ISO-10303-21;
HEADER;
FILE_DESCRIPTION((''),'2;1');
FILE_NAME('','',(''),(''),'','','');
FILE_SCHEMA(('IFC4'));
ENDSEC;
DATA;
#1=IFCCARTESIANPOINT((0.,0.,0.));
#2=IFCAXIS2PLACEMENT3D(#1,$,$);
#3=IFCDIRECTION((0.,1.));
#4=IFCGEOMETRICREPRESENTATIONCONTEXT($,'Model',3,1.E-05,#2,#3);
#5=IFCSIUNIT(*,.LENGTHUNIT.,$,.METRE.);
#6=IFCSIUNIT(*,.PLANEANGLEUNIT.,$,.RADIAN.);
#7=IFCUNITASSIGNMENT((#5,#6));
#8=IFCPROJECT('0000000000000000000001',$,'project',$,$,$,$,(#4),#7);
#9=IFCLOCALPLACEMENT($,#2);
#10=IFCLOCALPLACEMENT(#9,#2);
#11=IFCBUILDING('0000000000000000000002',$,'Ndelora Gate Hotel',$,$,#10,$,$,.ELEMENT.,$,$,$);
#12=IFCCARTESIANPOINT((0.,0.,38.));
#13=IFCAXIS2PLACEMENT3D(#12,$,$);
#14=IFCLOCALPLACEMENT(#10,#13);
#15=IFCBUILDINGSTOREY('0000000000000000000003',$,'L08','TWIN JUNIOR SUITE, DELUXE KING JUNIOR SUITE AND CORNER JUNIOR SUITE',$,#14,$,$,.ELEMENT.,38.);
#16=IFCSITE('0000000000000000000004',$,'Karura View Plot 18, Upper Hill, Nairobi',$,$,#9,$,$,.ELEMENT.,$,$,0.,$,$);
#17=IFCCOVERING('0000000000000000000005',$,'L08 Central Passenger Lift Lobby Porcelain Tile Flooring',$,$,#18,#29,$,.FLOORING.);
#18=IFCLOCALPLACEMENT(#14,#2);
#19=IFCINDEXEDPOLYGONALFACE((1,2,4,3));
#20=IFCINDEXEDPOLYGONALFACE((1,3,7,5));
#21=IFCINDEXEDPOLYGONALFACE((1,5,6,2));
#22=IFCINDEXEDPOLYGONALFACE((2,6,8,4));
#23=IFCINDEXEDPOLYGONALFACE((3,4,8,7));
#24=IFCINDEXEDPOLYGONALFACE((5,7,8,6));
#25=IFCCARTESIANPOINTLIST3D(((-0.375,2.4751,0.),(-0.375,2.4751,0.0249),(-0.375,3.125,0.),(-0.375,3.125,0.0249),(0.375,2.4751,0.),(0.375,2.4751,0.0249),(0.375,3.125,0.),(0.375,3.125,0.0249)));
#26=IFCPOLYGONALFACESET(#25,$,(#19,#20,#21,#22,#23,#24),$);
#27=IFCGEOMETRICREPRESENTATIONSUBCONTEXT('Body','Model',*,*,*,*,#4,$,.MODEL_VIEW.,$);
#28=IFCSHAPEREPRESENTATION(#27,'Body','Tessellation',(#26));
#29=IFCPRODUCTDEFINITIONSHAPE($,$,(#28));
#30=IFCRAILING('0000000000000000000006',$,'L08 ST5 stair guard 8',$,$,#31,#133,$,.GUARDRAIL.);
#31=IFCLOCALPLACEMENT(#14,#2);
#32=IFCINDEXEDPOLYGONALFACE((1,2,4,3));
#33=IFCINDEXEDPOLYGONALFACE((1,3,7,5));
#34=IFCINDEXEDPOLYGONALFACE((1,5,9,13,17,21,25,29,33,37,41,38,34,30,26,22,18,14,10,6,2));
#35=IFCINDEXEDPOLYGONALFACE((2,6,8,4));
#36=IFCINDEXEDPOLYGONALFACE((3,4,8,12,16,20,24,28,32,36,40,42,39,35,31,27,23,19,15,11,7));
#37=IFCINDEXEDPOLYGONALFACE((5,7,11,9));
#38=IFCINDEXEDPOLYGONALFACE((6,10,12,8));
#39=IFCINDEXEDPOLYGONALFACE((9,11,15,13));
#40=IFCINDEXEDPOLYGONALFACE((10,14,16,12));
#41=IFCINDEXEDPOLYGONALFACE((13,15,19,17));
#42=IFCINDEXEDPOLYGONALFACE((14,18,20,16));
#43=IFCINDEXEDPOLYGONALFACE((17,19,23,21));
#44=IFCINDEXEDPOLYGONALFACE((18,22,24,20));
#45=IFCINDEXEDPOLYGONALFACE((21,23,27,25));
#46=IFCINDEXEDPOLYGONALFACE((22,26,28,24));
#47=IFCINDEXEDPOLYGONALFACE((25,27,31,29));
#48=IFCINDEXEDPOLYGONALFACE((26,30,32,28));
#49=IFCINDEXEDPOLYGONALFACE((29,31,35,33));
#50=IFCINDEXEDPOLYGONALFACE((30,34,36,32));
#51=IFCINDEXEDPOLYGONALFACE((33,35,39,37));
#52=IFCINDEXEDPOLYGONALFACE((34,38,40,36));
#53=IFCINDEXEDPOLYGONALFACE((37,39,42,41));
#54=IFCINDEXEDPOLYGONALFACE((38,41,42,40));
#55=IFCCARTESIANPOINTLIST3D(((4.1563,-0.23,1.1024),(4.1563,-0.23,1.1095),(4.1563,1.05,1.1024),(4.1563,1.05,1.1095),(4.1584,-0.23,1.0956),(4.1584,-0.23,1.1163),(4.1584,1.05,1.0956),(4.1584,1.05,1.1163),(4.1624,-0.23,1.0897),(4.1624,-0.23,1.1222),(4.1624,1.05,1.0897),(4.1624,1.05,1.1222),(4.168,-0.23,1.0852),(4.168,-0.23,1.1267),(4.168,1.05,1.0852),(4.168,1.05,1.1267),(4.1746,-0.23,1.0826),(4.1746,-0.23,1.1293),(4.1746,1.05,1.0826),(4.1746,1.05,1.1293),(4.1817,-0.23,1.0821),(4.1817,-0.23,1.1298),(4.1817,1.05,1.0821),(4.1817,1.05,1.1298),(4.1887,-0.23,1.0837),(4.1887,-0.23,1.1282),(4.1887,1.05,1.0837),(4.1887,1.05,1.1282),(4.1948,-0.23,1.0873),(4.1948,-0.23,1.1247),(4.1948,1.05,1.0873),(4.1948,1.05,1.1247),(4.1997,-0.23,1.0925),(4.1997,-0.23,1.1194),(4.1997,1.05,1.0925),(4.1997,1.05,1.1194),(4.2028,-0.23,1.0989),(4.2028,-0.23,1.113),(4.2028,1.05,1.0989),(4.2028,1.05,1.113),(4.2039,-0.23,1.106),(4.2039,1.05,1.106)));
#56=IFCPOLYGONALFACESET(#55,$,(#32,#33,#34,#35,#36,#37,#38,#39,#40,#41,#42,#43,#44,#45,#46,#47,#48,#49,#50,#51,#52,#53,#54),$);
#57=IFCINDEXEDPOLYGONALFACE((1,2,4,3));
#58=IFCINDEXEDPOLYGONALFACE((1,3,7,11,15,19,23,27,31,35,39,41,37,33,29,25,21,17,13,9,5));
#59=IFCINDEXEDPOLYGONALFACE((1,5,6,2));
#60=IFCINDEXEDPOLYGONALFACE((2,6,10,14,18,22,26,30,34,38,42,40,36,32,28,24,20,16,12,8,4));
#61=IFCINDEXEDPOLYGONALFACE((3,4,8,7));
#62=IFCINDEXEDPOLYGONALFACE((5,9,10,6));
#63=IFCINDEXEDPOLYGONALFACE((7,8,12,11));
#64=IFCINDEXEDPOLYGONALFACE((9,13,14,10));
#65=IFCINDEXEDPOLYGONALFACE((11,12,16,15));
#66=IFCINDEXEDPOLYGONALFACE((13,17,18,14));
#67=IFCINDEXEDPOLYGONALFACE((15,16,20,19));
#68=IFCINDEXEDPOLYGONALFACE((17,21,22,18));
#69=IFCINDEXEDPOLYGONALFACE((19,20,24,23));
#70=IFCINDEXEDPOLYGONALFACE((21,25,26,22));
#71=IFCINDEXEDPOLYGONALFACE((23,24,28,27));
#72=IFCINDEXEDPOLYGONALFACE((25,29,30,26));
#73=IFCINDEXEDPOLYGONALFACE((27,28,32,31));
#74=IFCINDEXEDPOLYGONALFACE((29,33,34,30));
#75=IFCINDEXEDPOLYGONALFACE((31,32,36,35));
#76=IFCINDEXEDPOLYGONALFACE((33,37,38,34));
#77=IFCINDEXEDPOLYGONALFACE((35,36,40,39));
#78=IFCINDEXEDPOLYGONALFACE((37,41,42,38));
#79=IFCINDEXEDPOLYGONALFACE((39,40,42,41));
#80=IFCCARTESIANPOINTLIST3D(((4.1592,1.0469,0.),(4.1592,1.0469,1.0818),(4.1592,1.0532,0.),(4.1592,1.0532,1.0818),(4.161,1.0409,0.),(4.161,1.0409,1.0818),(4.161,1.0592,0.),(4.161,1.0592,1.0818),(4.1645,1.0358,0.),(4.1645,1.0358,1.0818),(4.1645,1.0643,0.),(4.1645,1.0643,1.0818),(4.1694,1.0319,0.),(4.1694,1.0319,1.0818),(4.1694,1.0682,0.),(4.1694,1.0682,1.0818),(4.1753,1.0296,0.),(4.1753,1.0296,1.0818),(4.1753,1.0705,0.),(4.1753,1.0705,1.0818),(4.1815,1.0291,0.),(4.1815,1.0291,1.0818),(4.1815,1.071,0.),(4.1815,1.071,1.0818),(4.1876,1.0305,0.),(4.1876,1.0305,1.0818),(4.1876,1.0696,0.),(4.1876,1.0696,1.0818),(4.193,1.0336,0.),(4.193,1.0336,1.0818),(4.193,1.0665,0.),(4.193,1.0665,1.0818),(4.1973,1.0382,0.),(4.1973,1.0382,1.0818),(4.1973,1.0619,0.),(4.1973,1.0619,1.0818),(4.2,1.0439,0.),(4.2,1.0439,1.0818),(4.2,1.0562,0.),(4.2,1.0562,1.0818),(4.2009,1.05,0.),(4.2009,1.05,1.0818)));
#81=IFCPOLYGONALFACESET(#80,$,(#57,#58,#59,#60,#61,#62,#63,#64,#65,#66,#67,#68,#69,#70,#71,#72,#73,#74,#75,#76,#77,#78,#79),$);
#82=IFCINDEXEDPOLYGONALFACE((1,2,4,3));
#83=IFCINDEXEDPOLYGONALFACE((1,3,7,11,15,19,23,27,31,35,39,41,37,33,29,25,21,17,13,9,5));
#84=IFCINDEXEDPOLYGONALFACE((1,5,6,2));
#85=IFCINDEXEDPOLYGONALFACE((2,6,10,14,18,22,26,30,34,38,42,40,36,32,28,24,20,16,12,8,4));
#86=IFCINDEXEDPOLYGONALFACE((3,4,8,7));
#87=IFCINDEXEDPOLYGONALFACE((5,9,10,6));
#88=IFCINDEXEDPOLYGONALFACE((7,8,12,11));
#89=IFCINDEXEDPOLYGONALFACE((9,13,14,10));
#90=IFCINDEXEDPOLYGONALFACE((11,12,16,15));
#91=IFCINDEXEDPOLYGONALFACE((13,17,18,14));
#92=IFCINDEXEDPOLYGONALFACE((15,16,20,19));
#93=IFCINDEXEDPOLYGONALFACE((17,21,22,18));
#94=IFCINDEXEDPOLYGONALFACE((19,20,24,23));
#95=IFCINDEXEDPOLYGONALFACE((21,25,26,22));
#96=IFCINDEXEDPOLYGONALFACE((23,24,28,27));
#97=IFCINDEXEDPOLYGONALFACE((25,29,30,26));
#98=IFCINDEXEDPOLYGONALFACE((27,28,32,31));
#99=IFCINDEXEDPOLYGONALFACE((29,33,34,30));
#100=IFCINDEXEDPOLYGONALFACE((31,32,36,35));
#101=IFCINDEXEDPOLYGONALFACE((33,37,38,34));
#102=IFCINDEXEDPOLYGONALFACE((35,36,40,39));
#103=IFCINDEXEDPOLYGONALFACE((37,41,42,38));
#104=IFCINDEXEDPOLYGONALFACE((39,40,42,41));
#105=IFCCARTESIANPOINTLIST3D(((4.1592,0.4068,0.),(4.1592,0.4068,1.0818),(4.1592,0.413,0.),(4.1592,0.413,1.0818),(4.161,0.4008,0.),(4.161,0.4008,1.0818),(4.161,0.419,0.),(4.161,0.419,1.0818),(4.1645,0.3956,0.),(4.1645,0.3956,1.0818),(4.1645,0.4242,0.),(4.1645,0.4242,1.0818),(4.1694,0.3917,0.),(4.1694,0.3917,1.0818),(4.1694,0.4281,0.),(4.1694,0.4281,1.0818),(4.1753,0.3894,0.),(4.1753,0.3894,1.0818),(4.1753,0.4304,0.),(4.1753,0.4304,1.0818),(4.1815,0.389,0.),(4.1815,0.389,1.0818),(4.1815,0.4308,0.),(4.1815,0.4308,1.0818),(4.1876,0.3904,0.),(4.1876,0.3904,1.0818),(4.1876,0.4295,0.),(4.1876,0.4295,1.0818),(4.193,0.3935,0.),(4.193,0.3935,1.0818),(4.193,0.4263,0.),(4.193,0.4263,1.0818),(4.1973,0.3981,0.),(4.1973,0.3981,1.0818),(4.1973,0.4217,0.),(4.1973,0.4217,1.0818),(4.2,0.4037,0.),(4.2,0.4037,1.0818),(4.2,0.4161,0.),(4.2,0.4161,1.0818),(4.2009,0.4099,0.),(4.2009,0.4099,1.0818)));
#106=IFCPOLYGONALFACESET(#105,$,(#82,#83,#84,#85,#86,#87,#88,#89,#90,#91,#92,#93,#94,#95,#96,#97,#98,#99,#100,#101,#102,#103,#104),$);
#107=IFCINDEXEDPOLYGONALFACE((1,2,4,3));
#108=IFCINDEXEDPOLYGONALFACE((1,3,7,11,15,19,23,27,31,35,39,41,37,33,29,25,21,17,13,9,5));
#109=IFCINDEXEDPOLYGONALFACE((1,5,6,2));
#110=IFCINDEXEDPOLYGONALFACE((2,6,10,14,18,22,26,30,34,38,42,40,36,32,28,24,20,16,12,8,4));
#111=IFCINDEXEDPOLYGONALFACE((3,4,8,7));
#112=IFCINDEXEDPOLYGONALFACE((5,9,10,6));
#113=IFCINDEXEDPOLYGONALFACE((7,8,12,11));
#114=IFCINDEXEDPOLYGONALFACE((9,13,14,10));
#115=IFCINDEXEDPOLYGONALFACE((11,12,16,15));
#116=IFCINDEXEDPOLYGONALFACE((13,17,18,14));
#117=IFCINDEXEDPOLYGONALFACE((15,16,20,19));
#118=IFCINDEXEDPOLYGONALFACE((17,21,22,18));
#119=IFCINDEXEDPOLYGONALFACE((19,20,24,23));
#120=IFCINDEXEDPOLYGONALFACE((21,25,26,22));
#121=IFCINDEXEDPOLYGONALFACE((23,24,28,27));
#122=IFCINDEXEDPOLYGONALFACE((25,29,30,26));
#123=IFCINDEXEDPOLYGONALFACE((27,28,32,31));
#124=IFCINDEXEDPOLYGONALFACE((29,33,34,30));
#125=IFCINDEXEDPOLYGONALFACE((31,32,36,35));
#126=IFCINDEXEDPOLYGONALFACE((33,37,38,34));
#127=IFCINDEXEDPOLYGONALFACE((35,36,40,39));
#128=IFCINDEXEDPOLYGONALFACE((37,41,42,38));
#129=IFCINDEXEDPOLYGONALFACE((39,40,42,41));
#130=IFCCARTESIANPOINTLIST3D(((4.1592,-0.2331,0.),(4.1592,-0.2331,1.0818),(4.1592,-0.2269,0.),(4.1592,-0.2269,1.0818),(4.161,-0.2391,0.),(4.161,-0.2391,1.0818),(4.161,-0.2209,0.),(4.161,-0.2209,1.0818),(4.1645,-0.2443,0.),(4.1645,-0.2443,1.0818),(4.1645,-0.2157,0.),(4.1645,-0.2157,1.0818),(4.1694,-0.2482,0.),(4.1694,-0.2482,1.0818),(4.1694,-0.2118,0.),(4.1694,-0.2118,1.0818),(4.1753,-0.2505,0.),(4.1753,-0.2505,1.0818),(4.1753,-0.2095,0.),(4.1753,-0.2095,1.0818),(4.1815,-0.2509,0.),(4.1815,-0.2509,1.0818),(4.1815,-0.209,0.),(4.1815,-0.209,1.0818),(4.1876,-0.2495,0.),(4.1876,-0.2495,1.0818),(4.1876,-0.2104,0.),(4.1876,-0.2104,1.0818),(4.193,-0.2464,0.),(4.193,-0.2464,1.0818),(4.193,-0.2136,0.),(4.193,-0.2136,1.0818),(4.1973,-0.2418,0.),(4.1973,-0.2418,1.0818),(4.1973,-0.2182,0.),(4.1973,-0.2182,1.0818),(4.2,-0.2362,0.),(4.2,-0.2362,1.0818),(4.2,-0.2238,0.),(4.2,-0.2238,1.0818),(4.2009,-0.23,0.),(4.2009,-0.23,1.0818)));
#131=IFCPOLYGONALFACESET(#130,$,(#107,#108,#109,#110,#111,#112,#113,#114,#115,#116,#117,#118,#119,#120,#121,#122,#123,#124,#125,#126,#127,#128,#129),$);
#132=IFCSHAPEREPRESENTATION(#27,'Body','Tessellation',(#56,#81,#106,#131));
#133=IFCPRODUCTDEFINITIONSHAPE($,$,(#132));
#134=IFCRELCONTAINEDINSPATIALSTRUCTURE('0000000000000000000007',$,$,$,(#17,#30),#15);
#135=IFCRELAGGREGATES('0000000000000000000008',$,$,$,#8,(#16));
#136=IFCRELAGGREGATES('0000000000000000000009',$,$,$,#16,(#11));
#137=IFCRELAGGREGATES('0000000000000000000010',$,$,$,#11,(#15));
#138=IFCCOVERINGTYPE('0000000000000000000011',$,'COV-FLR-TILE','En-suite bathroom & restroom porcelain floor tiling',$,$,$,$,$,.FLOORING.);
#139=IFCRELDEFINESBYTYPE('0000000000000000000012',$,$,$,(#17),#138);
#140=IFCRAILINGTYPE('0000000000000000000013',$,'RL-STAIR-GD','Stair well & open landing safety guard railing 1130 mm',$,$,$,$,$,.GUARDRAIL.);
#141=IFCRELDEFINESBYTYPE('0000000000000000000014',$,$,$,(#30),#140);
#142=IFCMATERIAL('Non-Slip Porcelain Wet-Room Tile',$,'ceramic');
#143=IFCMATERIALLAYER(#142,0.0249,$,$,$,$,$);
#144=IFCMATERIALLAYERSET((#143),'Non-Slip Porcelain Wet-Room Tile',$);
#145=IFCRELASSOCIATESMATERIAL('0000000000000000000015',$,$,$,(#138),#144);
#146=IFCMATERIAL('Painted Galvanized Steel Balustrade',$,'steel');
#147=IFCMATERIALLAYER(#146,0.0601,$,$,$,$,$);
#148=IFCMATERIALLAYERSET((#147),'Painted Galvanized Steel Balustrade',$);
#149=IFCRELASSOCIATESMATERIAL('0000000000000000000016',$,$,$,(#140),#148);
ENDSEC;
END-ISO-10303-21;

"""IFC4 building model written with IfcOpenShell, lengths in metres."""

from ifc_helpers import new_model, si_unit, direction, frame, origin, origin_2d, place, context, subcontext, project, spatial, rectangle, circle, extrude, material, layer, layer_set, type_object, element, save


model = new_model("IFC4")

# Units and contexts
model_context = context("Model", 3, precision=1e-05, world=origin(), true_north=direction((0.0, 1.0)))
body_context = subcontext(model_context, "Body", "Model", "MODEL_VIEW")
ifc_project = project(units=[si_unit("LENGTHUNIT", "METRE"), si_unit("PLANEANGLEUNIT", "RADIAN")], contexts=[model_context])

# Site, building, storey
site_placement = place(None, origin())
site = spatial("IfcSite", under=ifc_project, at=site_placement, Name="Karura View Plot 18, Upper Hill, Nairobi", CompositionType="ELEMENT", RefElevation=0.0)
building_placement = place(site_placement, origin())
building = spatial("IfcBuilding", under=site, at=building_placement, Name="Ndelora Gate Hotel", CompositionType="ELEMENT")
storey_placement = place(building_placement, frame((0.0, 0.0, 38.0)))
storey = spatial("IfcBuildingStorey", under=building, at=storey_placement, Name="L08", Description="TWIN JUNIOR SUITE, DELUXE KING JUNIOR SUITE AND CORNER JUNIOR SUITE", CompositionType="ELEMENT", Elevation=38.0)

# Covering
ifc_material_1 = material(Name="Non-Slip Porcelain Wet-Room Tile", Category="ceramic")
ifc_layer_1 = layer(ifc_material_1, 0.0249)
ifc_layer_set_1 = layer_set([ifc_layer_1], Name="Non-Slip Porcelain Wet-Room Tile")
covering_type_1 = type_object("IfcCoveringType", Name="COV-FLR-TILE", Description="En-suite bathroom & restroom porcelain floor tiling", PredefinedType="FLOORING", material=ifc_layer_set_1)
covering_1_placement = place(storey_placement, frame((0.0, 2.8, 0.0), z_axis=(0.0, 0.0, 1.0), x_axis=(1.0, 0.0, 0.0)))
element("IfcCovering", 1, at=covering_1_placement, inside=storey, type_object=covering_type_1, Name="L08 Central Passenger Lift Lobby Porcelain Tile Flooring", PredefinedType="FLOORING", context=body_context, shape_type="SweptSolid", body=[
    extrude(rectangle(XDim=0.75, YDim=0.6499, at=origin_2d()), origin(), (0.0, 0.0, 1.0), 0.0249),
])

# Railing
ifc_material_2 = material(Name="Painted Galvanized Steel Balustrade", Category="steel")
ifc_layer_2 = layer(ifc_material_2, 0.0601)
ifc_layer_set_2 = layer_set([ifc_layer_2], Name="Painted Galvanized Steel Balustrade")
railing_type_1 = type_object("IfcRailingType", Name="RL-STAIR-GD", Description="Stair well & open landing safety guard railing 1130 mm", PredefinedType="GUARDRAIL", material=ifc_layer_set_2)
railing_1_placement = place(storey_placement, frame((4.1799, 1.05, 0.0)))
element("IfcRailing", 2, at=railing_1_placement, inside=storey, type_object=railing_type_1, Name="L08 ST5 stair guard 8", PredefinedType="GUARDRAIL", context=body_context, shape_type="SweptSolid", body=[
    extrude(circle(Radius=0.0239, at=origin_2d()), frame((0.0, 0.0, 1.106), z_axis=(0.0, -1.0, 0.0), x_axis=(1.0, 0.0, 0.0)), (0.0, 0.0, 1.0), 1.28),
    extrude(circle(Radius=0.021, at=origin_2d()), origin(), (0.0, 0.0, 1.0), 1.0818),
    extrude(circle(Radius=0.021, at=origin_2d()), frame((0.0, -0.6401, 0.0)), (0.0, 0.0, 1.0), 1.0818),
    extrude(circle(Radius=0.021, at=origin_2d()), frame((0.0, -1.28, 0.0)), (0.0, 0.0, 1.0), 1.0818),
])

save(model, "model.ifc")
